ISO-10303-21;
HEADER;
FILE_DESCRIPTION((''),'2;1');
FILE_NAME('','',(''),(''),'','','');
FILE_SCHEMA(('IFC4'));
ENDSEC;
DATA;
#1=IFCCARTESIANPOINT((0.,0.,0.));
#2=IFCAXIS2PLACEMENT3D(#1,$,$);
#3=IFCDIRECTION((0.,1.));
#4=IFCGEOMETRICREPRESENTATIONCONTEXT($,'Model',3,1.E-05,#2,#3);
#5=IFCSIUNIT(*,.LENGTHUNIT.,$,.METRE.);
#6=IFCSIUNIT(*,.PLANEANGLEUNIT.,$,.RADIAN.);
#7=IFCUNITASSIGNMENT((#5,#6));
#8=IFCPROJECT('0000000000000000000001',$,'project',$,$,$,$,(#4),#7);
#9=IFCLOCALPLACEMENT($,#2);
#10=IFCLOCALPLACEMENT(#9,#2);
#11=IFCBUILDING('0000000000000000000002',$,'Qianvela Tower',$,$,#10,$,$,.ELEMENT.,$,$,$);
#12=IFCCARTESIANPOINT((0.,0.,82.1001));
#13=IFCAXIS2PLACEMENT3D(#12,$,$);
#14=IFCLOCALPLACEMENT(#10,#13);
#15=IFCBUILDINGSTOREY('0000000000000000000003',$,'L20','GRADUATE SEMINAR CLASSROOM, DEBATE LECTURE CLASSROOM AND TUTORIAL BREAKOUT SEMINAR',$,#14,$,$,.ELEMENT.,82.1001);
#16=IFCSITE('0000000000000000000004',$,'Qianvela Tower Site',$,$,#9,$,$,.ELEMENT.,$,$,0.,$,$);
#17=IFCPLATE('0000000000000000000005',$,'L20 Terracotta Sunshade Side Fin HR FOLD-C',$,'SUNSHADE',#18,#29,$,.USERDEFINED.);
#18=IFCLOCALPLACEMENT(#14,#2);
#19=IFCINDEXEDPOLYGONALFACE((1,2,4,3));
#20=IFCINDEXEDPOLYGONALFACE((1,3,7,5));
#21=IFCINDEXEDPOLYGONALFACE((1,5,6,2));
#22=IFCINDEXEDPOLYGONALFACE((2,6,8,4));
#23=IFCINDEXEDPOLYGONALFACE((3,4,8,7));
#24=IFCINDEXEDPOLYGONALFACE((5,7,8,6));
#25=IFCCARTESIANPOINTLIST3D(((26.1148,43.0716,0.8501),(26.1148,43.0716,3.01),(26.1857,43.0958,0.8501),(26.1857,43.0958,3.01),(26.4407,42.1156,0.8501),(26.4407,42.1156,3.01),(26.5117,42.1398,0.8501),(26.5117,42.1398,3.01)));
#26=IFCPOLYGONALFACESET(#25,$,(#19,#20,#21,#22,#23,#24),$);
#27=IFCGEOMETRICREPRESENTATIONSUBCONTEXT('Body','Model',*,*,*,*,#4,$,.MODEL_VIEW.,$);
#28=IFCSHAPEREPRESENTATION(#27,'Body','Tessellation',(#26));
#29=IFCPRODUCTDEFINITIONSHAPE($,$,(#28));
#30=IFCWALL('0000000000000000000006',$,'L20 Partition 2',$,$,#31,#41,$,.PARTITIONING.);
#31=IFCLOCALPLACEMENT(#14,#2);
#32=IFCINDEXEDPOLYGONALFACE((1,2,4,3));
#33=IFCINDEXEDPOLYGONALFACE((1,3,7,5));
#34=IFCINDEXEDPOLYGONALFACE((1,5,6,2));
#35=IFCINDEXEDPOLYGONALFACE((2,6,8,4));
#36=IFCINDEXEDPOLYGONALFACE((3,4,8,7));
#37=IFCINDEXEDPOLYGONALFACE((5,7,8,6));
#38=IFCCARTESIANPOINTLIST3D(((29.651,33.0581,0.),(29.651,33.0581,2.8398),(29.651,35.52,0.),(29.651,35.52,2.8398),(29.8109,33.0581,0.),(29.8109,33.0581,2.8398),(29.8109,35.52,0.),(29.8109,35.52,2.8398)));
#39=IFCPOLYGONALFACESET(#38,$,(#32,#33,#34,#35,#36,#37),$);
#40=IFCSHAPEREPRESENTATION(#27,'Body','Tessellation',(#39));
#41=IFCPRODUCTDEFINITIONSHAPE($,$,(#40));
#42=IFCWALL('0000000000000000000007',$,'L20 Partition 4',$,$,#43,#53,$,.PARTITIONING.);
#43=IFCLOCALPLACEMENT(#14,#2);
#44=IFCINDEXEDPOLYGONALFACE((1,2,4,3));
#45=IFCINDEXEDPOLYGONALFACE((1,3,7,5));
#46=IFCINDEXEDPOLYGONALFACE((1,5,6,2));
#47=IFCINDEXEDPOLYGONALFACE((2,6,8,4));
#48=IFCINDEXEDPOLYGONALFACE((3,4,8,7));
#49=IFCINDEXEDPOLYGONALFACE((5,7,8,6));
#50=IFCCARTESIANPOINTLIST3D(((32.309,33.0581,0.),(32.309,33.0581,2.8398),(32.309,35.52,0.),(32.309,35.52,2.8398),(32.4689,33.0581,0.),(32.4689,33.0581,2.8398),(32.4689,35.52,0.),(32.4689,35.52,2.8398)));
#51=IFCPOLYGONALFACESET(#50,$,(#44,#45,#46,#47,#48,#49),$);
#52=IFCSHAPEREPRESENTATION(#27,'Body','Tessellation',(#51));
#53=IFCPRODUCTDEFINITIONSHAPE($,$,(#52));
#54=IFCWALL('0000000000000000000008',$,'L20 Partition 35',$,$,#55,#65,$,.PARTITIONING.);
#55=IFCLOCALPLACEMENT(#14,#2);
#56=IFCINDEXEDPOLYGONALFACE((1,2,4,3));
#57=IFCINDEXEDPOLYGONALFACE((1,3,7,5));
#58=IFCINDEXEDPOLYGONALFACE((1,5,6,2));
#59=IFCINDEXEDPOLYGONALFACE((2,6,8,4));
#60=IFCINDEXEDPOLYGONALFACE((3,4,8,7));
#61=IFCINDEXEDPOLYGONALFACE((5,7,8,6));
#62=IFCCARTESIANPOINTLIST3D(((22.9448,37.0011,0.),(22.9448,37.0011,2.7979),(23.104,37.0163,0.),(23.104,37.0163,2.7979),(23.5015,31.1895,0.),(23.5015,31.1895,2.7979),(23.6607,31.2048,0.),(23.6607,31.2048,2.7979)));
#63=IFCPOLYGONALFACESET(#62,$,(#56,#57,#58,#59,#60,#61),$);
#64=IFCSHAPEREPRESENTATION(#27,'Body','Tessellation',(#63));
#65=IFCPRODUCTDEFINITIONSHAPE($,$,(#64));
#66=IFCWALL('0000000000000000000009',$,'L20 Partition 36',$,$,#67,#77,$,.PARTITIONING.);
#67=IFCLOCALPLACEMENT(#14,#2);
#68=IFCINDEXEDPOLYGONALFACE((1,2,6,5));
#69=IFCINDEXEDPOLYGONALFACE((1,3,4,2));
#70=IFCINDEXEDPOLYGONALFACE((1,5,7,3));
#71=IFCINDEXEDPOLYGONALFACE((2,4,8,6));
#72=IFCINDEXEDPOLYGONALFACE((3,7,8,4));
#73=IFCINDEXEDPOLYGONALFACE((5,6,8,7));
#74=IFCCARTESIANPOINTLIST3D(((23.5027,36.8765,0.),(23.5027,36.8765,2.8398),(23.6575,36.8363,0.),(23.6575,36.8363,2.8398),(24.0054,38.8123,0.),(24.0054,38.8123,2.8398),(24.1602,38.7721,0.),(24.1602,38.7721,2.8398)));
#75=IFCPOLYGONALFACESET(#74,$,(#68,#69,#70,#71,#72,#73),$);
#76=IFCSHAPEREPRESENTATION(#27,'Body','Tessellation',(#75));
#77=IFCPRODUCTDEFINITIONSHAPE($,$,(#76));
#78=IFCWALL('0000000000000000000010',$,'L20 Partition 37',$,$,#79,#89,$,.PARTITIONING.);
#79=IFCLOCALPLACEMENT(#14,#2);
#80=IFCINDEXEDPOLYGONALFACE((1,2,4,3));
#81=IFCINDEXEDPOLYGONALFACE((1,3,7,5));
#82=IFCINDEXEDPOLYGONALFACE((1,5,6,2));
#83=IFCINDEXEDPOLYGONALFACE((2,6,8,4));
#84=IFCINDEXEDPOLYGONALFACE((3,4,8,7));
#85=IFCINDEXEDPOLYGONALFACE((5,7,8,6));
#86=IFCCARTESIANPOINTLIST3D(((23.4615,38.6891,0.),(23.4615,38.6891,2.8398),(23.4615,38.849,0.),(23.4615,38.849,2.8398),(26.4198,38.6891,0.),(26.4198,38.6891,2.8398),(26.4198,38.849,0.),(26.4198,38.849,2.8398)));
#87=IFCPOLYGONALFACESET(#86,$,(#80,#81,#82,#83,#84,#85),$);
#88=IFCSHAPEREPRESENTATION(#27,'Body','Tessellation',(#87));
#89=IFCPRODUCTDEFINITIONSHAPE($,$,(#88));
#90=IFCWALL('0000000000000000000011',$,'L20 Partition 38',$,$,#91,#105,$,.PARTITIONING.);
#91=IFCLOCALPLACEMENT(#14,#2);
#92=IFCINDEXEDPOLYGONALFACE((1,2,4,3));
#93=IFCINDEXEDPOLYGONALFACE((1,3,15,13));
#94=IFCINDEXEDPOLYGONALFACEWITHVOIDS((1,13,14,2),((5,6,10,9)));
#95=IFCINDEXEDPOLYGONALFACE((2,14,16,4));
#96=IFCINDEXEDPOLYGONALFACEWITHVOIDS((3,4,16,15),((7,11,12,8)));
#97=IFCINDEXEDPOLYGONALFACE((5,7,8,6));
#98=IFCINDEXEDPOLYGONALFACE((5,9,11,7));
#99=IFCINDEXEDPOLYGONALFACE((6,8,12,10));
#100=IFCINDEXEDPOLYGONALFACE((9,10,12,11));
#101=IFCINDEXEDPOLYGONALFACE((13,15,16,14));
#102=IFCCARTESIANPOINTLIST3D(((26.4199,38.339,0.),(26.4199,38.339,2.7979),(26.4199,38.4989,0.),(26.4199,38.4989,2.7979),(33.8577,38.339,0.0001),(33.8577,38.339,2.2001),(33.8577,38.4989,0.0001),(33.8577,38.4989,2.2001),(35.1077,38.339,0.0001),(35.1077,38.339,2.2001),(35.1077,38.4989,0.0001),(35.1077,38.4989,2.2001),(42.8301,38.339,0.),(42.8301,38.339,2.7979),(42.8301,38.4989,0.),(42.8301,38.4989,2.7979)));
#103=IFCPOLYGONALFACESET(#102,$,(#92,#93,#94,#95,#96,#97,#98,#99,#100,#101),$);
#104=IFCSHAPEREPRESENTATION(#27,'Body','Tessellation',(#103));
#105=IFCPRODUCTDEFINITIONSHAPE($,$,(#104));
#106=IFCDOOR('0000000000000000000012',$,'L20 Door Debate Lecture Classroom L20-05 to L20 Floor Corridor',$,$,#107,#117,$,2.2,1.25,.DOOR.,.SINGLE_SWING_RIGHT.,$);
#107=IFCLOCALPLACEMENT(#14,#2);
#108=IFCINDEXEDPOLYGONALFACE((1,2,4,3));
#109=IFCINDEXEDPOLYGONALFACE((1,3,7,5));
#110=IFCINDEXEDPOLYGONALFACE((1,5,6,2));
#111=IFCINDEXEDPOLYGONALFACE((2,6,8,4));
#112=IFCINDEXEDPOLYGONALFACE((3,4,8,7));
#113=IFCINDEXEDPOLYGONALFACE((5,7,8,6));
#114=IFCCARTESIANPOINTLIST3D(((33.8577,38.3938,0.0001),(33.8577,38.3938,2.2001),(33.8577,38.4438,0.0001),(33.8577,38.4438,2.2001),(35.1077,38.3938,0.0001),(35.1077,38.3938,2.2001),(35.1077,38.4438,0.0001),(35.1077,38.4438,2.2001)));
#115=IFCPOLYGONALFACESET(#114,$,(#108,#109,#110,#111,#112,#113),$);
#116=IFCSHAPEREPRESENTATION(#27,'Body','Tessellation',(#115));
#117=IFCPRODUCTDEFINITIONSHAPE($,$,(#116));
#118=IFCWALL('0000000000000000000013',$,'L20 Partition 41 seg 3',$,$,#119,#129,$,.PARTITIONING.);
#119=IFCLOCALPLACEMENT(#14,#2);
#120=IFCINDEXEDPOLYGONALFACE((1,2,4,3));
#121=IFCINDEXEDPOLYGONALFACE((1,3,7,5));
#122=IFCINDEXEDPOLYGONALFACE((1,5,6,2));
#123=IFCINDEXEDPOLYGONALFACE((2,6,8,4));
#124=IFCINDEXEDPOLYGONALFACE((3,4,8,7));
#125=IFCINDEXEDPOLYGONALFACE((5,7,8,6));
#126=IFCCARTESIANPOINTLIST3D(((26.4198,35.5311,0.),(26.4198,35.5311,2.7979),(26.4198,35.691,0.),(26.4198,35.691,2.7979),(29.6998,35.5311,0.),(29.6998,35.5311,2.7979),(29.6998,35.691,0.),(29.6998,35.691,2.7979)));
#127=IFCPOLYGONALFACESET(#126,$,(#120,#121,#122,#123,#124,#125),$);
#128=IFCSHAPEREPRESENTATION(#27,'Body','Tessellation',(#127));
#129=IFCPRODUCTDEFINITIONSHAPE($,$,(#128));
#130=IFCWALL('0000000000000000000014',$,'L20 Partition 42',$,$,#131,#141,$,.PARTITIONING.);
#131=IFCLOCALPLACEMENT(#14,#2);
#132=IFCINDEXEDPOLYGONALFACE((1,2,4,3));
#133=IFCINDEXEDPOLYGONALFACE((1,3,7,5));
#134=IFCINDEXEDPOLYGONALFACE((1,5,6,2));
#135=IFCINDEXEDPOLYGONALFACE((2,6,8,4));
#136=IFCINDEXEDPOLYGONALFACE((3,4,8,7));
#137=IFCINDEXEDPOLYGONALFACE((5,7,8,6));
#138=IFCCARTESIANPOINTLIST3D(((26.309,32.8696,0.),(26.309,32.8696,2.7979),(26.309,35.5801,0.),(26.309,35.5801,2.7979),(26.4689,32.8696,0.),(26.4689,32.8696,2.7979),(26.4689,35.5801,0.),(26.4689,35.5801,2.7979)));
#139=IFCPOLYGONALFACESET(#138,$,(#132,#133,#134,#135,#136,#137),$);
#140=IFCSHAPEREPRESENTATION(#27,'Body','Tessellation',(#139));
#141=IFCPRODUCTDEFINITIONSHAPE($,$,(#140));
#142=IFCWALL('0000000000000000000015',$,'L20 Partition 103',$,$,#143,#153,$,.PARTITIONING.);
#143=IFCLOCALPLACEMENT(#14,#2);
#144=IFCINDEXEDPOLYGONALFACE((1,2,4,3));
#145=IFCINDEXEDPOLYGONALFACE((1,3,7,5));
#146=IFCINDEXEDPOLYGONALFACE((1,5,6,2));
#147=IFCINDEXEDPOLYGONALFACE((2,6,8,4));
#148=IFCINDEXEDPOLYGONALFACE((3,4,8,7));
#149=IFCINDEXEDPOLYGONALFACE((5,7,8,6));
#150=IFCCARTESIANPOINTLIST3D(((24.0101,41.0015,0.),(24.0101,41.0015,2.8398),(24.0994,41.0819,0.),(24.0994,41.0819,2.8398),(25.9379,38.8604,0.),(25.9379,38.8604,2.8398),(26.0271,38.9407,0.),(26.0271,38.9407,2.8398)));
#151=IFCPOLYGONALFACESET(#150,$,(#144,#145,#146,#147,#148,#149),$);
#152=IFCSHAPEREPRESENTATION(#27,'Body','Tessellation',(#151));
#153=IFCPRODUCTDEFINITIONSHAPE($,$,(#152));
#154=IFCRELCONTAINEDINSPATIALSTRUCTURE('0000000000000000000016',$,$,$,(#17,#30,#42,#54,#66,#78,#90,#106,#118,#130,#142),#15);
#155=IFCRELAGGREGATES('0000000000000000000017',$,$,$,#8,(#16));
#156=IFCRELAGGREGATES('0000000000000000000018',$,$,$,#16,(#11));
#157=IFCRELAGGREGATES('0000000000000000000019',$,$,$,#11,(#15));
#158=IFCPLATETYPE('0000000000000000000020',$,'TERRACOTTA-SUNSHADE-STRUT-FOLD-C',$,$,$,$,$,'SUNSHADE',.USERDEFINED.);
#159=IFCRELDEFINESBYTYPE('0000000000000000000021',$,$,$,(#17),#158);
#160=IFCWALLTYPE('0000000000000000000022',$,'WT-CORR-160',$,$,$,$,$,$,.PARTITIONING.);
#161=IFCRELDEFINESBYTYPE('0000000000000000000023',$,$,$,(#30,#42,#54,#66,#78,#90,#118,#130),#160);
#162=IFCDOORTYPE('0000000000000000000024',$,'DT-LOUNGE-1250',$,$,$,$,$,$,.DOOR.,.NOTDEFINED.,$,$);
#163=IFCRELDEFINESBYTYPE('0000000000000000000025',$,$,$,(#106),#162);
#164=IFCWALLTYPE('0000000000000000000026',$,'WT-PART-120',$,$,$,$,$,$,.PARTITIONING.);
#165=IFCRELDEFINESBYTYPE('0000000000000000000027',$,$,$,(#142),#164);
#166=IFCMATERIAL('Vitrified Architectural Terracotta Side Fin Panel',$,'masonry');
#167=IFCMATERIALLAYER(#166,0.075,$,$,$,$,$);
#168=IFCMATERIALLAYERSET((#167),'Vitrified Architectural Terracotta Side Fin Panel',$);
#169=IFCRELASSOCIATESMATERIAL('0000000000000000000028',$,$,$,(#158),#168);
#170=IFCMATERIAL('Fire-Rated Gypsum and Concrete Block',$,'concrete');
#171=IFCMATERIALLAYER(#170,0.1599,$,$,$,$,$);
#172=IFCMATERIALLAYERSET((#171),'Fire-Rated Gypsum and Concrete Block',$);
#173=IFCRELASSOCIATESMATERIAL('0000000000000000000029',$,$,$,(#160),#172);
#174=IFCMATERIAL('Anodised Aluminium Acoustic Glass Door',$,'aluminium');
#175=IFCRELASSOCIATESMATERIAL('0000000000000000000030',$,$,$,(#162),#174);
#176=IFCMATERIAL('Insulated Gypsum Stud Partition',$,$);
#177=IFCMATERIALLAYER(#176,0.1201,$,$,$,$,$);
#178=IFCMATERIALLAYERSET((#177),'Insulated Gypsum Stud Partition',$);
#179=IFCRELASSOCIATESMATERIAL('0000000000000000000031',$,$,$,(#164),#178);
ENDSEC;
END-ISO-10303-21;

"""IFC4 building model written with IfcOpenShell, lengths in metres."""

from ifc_helpers import new_model, si_unit, direction, frame, frame_2d, origin, origin_2d, place, context, subcontext, project, spatial, rectangle, extrude, material, layer, layer_set, type_object, element, fill, save


model = new_model("IFC4")

# Units and contexts
model_context = context("Model", 3, precision=1e-05, world=origin(), true_north=direction((0.0, 1.0)))
body_context = subcontext(model_context, "Body", "Model", "MODEL_VIEW")
ifc_project = project(units=[si_unit("LENGTHUNIT", "METRE"), si_unit("PLANEANGLEUNIT", "RADIAN")], contexts=[model_context])

# Site, building, storey
site_placement = place(None, origin())
site = spatial("IfcSite", under=ifc_project, at=site_placement, Name="Qianvela Tower Site", CompositionType="ELEMENT", RefElevation=0.0)
building_placement = place(site_placement, origin())
building = spatial("IfcBuilding", under=site, at=building_placement, Name="Qianvela Tower", CompositionType="ELEMENT")
storey_placement = place(building_placement, frame((0.0, 0.0, 82.1001)))
storey = spatial("IfcBuildingStorey", under=building, at=storey_placement, Name="L20", Description="GRADUATE SEMINAR CLASSROOM, DEBATE LECTURE CLASSROOM AND TUTORIAL BREAKOUT SEMINAR", CompositionType="ELEMENT", Elevation=82.1001)

# Plate
ifc_material_1 = material(Name="Vitrified Architectural Terracotta Side Fin Panel", Category="masonry")
ifc_layer_1 = layer(ifc_material_1, 0.075)
ifc_layer_set_1 = layer_set([ifc_layer_1], Name="Vitrified Architectural Terracotta Side Fin Panel")
plate_type_1 = type_object("IfcPlateType", Name="TERRACOTTA-SUNSHADE-STRUT-FOLD-C", ElementType="SUNSHADE", PredefinedType="USERDEFINED", material=ifc_layer_set_1)
for number, where, z_axis, x_axis, name in (
    (1, (26.3132, 42.6057, 0.8501), (0.0, 0.0, 1.0), (-0.946503, -0.322695, 0.0), "L20 Terracotta Sunshade Side Fin HR FOLD-C"),
):
    element("IfcPlate", number, at=place(storey_placement, frame(where, z_axis=z_axis, x_axis=x_axis)), inside=storey, type_object=plate_type_1, Name=name, ObjectType="SUNSHADE", PredefinedType="USERDEFINED", context=body_context, shape_type="SweptSolid", body=[
        extrude(rectangle(XDim=0.075, YDim=1.01, at=origin_2d()), origin(), (0.0, 0.0, 1.0), 2.1599),
    ])

# Wall
ifc_material_2 = material(Name="Fire-Rated Gypsum and Concrete Block", Category="concrete")
ifc_layer_2 = layer(ifc_material_2, 0.1599)
ifc_layer_set_2 = layer_set([ifc_layer_2], Name="Fire-Rated Gypsum and Concrete Block")
wall_type_1 = type_object("IfcWallType", Name="WT-CORR-160", PredefinedType="PARTITIONING", material=ifc_layer_set_2)
wall_1_placement = place(storey_placement, frame((29.731, 33.0581, 0.0), z_axis=(0.0, 0.0, 1.0), x_axis=(0.0, 1.0, 0.0)))
element("IfcWall", 2, at=wall_1_placement, inside=storey, type_object=wall_type_1, Name="L20 Partition 2", PredefinedType="PARTITIONING", context=body_context, shape_type="SweptSolid", body=[
    extrude(rectangle(XDim=2.4619, YDim=0.1599, at=frame_2d((1.231, 0.0))), origin(), (0.0, 0.0, 1.0), 2.8398),
])

# Walls
wall_2_placement = place(storey_placement, frame((32.3889, 35.52, 0.0), z_axis=(0.0, 0.0, 1.0), x_axis=(0.0, -1.0, 0.0)))
element("IfcWall", 3, at=wall_2_placement, inside=storey, type_object=wall_type_1, Name="L20 Partition 4", PredefinedType="PARTITIONING", context=body_context, shape_type="SweptSolid", body=[
    extrude(rectangle(XDim=2.4619, YDim=0.1599, at=frame_2d((1.231, 0.0))), origin(), (0.0, 0.0, 1.0), 2.8398),
])
wall_3_placement = place(storey_placement, frame((23.5811, 31.1973, 0.0), z_axis=(0.0, 0.0, 1.0), x_axis=(-0.095346, 0.995444, 0.0)))
element("IfcWall", 4, at=wall_3_placement, inside=storey, type_object=wall_type_1, Name="L20 Partition 35", PredefinedType="PARTITIONING", context=body_context, shape_type="SweptSolid", body=[
    extrude(rectangle(XDim=5.8381, YDim=0.1599, at=frame_2d((2.9189, 0.0))), origin(), (0.0, 0.0, 1.0), 2.7979),
])
wall_4_placement = place(storey_placement, frame((23.5801, 36.8564, 0.0), z_axis=(0.0, 0.0, 1.0), x_axis=(0.251343, 0.967898, 0.0)))
element("IfcWall", 5, at=wall_4_placement, inside=storey, type_object=wall_type_1, Name="L20 Partition 36", PredefinedType="PARTITIONING", context=body_context, shape_type="SweptSolid", body=[
    extrude(rectangle(XDim=2.0, YDim=0.1599, at=frame_2d((1.0, 0.0))), origin(), (0.0, 0.0, 1.0), 2.8398),
])
wall_5_placement = place(storey_placement, frame((23.4617, 38.769, 0.0), z_axis=(0.0, 0.0, 1.0), x_axis=(1.0, 0.0, 0.0)))
element("IfcWall", 6, at=wall_5_placement, inside=storey, type_object=wall_type_1, Name="L20 Partition 37", PredefinedType="PARTITIONING", context=body_context, shape_type="SweptSolid", body=[
    extrude(rectangle(XDim=2.9583, YDim=0.1599, at=frame_2d((1.479, 0.0))), origin(), (0.0, 0.0, 1.0), 2.8398),
])

# Wall, opening, door
wall_6_placement = place(storey_placement, frame((26.4199, 38.4189, 0.0), z_axis=(0.0, 0.0, 1.0), x_axis=(1.0, 0.0, 0.0)))
wall_6 = element("IfcWall", 7, at=wall_6_placement, inside=storey, type_object=wall_type_1, Name="L20 Partition 38", PredefinedType="PARTITIONING", context=body_context, shape_type="SweptSolid", body=[
    extrude(rectangle(XDim=16.4102, YDim=0.1599, at=frame_2d((8.2051, 0.0))), origin(), (0.0, 0.0, 1.0), 2.7979),
])
opening_1_placement = place(wall_6_placement, frame((7.4377, 0.0, 0.0)))
opening_1 = element("IfcOpeningElement", 8, at=opening_1_placement, cuts=wall_6, PredefinedType="OPENING", context=body_context, shape_type="SweptSolid", body=[
    extrude(rectangle(XDim=1.25, YDim=2.2, at=frame_2d((0.625, 1.1001))), frame((0.0, 0.0898, 0.0), z_axis=(0.0, -1.0, 0.0), x_axis=(1.0, 0.0, 0.0)), (0.0, 0.0, 1.0), 0.1799),
])
ifc_material_3 = material(Name="Anodised Aluminium Acoustic Glass Door", Category="aluminium")
door_type_1 = type_object("IfcDoorType", Name="DT-LOUNGE-1250", OperationType="NOTDEFINED", PredefinedType="DOOR", material=ifc_material_3)
door_1_placement = place(opening_1_placement, origin())
door_1 = element("IfcDoor", 9, at=door_1_placement, inside=storey, type_object=door_type_1, Name="L20 Door Debate Lecture Classroom L20-05 to L20 Floor Corridor", OperationType="SINGLE_SWING_RIGHT", OverallHeight=2.2, OverallWidth=1.25, PredefinedType="DOOR", context=body_context, shape_type="SweptSolid", body=[
    extrude(rectangle(XDim=1.25, YDim=2.2, at=frame_2d((0.625, 1.1001))), frame((0.0, 0.0249, 0.0), z_axis=(0.0, -1.0, 0.0), x_axis=(1.0, 0.0, 0.0)), (0.0, 0.0, 1.0), 0.05),
])
fill(opening_1, door_1)

# Walls
wall_7_placement = place(storey_placement, frame((29.7, 35.6111, 0.0), z_axis=(0.0, 0.0, 1.0), x_axis=(-1.0, 0.0, 0.0)))
element("IfcWall", 10, at=wall_7_placement, inside=storey, type_object=wall_type_1, Name="L20 Partition 41 seg 3", PredefinedType="PARTITIONING", context=body_context, shape_type="SweptSolid", body=[
    extrude(rectangle(XDim=3.28, YDim=0.1599, at=frame_2d((1.6401, 0.0))), origin(), (0.0, 0.0, 1.0), 2.7979),
])
wall_8_placement = place(storey_placement, frame((26.3889, 35.5801, 0.0), z_axis=(0.0, 0.0, 1.0), x_axis=(0.0, -1.0, 0.0)))
element("IfcWall", 11, at=wall_8_placement, inside=storey, type_object=wall_type_1, Name="L20 Partition 42", PredefinedType="PARTITIONING", context=body_context, shape_type="SweptSolid", body=[
    extrude(rectangle(XDim=2.7104, YDim=0.1599, at=frame_2d((1.3552, 0.0))), origin(), (0.0, 0.0, 1.0), 2.7979),
])
ifc_material_4 = material(Name="Insulated Gypsum Stud Partition")
ifc_layer_3 = layer(ifc_material_4, 0.1201)
ifc_layer_set_3 = layer_set([ifc_layer_3], Name="Insulated Gypsum Stud Partition")
wall_type_2 = type_object("IfcWallType", Name="WT-PART-120", PredefinedType="PARTITIONING", material=ifc_layer_set_3)
wall_9_placement = place(storey_placement, frame((25.9824, 38.9006, 0.0), z_axis=(0.0, 0.0, 1.0), x_axis=(-0.669105, 0.743168, 0.0)))
element("IfcWall", 12, at=wall_9_placement, inside=storey, type_object=wall_type_2, Name="L20 Partition 103", PredefinedType="PARTITIONING", context=body_context, shape_type="SweptSolid", body=[
    extrude(rectangle(XDim=2.8811, YDim=0.1201, at=frame_2d((1.4404, 0.0))), origin(), (0.0, 0.0, 1.0), 2.8398),
])

save(model, "model.ifc")
